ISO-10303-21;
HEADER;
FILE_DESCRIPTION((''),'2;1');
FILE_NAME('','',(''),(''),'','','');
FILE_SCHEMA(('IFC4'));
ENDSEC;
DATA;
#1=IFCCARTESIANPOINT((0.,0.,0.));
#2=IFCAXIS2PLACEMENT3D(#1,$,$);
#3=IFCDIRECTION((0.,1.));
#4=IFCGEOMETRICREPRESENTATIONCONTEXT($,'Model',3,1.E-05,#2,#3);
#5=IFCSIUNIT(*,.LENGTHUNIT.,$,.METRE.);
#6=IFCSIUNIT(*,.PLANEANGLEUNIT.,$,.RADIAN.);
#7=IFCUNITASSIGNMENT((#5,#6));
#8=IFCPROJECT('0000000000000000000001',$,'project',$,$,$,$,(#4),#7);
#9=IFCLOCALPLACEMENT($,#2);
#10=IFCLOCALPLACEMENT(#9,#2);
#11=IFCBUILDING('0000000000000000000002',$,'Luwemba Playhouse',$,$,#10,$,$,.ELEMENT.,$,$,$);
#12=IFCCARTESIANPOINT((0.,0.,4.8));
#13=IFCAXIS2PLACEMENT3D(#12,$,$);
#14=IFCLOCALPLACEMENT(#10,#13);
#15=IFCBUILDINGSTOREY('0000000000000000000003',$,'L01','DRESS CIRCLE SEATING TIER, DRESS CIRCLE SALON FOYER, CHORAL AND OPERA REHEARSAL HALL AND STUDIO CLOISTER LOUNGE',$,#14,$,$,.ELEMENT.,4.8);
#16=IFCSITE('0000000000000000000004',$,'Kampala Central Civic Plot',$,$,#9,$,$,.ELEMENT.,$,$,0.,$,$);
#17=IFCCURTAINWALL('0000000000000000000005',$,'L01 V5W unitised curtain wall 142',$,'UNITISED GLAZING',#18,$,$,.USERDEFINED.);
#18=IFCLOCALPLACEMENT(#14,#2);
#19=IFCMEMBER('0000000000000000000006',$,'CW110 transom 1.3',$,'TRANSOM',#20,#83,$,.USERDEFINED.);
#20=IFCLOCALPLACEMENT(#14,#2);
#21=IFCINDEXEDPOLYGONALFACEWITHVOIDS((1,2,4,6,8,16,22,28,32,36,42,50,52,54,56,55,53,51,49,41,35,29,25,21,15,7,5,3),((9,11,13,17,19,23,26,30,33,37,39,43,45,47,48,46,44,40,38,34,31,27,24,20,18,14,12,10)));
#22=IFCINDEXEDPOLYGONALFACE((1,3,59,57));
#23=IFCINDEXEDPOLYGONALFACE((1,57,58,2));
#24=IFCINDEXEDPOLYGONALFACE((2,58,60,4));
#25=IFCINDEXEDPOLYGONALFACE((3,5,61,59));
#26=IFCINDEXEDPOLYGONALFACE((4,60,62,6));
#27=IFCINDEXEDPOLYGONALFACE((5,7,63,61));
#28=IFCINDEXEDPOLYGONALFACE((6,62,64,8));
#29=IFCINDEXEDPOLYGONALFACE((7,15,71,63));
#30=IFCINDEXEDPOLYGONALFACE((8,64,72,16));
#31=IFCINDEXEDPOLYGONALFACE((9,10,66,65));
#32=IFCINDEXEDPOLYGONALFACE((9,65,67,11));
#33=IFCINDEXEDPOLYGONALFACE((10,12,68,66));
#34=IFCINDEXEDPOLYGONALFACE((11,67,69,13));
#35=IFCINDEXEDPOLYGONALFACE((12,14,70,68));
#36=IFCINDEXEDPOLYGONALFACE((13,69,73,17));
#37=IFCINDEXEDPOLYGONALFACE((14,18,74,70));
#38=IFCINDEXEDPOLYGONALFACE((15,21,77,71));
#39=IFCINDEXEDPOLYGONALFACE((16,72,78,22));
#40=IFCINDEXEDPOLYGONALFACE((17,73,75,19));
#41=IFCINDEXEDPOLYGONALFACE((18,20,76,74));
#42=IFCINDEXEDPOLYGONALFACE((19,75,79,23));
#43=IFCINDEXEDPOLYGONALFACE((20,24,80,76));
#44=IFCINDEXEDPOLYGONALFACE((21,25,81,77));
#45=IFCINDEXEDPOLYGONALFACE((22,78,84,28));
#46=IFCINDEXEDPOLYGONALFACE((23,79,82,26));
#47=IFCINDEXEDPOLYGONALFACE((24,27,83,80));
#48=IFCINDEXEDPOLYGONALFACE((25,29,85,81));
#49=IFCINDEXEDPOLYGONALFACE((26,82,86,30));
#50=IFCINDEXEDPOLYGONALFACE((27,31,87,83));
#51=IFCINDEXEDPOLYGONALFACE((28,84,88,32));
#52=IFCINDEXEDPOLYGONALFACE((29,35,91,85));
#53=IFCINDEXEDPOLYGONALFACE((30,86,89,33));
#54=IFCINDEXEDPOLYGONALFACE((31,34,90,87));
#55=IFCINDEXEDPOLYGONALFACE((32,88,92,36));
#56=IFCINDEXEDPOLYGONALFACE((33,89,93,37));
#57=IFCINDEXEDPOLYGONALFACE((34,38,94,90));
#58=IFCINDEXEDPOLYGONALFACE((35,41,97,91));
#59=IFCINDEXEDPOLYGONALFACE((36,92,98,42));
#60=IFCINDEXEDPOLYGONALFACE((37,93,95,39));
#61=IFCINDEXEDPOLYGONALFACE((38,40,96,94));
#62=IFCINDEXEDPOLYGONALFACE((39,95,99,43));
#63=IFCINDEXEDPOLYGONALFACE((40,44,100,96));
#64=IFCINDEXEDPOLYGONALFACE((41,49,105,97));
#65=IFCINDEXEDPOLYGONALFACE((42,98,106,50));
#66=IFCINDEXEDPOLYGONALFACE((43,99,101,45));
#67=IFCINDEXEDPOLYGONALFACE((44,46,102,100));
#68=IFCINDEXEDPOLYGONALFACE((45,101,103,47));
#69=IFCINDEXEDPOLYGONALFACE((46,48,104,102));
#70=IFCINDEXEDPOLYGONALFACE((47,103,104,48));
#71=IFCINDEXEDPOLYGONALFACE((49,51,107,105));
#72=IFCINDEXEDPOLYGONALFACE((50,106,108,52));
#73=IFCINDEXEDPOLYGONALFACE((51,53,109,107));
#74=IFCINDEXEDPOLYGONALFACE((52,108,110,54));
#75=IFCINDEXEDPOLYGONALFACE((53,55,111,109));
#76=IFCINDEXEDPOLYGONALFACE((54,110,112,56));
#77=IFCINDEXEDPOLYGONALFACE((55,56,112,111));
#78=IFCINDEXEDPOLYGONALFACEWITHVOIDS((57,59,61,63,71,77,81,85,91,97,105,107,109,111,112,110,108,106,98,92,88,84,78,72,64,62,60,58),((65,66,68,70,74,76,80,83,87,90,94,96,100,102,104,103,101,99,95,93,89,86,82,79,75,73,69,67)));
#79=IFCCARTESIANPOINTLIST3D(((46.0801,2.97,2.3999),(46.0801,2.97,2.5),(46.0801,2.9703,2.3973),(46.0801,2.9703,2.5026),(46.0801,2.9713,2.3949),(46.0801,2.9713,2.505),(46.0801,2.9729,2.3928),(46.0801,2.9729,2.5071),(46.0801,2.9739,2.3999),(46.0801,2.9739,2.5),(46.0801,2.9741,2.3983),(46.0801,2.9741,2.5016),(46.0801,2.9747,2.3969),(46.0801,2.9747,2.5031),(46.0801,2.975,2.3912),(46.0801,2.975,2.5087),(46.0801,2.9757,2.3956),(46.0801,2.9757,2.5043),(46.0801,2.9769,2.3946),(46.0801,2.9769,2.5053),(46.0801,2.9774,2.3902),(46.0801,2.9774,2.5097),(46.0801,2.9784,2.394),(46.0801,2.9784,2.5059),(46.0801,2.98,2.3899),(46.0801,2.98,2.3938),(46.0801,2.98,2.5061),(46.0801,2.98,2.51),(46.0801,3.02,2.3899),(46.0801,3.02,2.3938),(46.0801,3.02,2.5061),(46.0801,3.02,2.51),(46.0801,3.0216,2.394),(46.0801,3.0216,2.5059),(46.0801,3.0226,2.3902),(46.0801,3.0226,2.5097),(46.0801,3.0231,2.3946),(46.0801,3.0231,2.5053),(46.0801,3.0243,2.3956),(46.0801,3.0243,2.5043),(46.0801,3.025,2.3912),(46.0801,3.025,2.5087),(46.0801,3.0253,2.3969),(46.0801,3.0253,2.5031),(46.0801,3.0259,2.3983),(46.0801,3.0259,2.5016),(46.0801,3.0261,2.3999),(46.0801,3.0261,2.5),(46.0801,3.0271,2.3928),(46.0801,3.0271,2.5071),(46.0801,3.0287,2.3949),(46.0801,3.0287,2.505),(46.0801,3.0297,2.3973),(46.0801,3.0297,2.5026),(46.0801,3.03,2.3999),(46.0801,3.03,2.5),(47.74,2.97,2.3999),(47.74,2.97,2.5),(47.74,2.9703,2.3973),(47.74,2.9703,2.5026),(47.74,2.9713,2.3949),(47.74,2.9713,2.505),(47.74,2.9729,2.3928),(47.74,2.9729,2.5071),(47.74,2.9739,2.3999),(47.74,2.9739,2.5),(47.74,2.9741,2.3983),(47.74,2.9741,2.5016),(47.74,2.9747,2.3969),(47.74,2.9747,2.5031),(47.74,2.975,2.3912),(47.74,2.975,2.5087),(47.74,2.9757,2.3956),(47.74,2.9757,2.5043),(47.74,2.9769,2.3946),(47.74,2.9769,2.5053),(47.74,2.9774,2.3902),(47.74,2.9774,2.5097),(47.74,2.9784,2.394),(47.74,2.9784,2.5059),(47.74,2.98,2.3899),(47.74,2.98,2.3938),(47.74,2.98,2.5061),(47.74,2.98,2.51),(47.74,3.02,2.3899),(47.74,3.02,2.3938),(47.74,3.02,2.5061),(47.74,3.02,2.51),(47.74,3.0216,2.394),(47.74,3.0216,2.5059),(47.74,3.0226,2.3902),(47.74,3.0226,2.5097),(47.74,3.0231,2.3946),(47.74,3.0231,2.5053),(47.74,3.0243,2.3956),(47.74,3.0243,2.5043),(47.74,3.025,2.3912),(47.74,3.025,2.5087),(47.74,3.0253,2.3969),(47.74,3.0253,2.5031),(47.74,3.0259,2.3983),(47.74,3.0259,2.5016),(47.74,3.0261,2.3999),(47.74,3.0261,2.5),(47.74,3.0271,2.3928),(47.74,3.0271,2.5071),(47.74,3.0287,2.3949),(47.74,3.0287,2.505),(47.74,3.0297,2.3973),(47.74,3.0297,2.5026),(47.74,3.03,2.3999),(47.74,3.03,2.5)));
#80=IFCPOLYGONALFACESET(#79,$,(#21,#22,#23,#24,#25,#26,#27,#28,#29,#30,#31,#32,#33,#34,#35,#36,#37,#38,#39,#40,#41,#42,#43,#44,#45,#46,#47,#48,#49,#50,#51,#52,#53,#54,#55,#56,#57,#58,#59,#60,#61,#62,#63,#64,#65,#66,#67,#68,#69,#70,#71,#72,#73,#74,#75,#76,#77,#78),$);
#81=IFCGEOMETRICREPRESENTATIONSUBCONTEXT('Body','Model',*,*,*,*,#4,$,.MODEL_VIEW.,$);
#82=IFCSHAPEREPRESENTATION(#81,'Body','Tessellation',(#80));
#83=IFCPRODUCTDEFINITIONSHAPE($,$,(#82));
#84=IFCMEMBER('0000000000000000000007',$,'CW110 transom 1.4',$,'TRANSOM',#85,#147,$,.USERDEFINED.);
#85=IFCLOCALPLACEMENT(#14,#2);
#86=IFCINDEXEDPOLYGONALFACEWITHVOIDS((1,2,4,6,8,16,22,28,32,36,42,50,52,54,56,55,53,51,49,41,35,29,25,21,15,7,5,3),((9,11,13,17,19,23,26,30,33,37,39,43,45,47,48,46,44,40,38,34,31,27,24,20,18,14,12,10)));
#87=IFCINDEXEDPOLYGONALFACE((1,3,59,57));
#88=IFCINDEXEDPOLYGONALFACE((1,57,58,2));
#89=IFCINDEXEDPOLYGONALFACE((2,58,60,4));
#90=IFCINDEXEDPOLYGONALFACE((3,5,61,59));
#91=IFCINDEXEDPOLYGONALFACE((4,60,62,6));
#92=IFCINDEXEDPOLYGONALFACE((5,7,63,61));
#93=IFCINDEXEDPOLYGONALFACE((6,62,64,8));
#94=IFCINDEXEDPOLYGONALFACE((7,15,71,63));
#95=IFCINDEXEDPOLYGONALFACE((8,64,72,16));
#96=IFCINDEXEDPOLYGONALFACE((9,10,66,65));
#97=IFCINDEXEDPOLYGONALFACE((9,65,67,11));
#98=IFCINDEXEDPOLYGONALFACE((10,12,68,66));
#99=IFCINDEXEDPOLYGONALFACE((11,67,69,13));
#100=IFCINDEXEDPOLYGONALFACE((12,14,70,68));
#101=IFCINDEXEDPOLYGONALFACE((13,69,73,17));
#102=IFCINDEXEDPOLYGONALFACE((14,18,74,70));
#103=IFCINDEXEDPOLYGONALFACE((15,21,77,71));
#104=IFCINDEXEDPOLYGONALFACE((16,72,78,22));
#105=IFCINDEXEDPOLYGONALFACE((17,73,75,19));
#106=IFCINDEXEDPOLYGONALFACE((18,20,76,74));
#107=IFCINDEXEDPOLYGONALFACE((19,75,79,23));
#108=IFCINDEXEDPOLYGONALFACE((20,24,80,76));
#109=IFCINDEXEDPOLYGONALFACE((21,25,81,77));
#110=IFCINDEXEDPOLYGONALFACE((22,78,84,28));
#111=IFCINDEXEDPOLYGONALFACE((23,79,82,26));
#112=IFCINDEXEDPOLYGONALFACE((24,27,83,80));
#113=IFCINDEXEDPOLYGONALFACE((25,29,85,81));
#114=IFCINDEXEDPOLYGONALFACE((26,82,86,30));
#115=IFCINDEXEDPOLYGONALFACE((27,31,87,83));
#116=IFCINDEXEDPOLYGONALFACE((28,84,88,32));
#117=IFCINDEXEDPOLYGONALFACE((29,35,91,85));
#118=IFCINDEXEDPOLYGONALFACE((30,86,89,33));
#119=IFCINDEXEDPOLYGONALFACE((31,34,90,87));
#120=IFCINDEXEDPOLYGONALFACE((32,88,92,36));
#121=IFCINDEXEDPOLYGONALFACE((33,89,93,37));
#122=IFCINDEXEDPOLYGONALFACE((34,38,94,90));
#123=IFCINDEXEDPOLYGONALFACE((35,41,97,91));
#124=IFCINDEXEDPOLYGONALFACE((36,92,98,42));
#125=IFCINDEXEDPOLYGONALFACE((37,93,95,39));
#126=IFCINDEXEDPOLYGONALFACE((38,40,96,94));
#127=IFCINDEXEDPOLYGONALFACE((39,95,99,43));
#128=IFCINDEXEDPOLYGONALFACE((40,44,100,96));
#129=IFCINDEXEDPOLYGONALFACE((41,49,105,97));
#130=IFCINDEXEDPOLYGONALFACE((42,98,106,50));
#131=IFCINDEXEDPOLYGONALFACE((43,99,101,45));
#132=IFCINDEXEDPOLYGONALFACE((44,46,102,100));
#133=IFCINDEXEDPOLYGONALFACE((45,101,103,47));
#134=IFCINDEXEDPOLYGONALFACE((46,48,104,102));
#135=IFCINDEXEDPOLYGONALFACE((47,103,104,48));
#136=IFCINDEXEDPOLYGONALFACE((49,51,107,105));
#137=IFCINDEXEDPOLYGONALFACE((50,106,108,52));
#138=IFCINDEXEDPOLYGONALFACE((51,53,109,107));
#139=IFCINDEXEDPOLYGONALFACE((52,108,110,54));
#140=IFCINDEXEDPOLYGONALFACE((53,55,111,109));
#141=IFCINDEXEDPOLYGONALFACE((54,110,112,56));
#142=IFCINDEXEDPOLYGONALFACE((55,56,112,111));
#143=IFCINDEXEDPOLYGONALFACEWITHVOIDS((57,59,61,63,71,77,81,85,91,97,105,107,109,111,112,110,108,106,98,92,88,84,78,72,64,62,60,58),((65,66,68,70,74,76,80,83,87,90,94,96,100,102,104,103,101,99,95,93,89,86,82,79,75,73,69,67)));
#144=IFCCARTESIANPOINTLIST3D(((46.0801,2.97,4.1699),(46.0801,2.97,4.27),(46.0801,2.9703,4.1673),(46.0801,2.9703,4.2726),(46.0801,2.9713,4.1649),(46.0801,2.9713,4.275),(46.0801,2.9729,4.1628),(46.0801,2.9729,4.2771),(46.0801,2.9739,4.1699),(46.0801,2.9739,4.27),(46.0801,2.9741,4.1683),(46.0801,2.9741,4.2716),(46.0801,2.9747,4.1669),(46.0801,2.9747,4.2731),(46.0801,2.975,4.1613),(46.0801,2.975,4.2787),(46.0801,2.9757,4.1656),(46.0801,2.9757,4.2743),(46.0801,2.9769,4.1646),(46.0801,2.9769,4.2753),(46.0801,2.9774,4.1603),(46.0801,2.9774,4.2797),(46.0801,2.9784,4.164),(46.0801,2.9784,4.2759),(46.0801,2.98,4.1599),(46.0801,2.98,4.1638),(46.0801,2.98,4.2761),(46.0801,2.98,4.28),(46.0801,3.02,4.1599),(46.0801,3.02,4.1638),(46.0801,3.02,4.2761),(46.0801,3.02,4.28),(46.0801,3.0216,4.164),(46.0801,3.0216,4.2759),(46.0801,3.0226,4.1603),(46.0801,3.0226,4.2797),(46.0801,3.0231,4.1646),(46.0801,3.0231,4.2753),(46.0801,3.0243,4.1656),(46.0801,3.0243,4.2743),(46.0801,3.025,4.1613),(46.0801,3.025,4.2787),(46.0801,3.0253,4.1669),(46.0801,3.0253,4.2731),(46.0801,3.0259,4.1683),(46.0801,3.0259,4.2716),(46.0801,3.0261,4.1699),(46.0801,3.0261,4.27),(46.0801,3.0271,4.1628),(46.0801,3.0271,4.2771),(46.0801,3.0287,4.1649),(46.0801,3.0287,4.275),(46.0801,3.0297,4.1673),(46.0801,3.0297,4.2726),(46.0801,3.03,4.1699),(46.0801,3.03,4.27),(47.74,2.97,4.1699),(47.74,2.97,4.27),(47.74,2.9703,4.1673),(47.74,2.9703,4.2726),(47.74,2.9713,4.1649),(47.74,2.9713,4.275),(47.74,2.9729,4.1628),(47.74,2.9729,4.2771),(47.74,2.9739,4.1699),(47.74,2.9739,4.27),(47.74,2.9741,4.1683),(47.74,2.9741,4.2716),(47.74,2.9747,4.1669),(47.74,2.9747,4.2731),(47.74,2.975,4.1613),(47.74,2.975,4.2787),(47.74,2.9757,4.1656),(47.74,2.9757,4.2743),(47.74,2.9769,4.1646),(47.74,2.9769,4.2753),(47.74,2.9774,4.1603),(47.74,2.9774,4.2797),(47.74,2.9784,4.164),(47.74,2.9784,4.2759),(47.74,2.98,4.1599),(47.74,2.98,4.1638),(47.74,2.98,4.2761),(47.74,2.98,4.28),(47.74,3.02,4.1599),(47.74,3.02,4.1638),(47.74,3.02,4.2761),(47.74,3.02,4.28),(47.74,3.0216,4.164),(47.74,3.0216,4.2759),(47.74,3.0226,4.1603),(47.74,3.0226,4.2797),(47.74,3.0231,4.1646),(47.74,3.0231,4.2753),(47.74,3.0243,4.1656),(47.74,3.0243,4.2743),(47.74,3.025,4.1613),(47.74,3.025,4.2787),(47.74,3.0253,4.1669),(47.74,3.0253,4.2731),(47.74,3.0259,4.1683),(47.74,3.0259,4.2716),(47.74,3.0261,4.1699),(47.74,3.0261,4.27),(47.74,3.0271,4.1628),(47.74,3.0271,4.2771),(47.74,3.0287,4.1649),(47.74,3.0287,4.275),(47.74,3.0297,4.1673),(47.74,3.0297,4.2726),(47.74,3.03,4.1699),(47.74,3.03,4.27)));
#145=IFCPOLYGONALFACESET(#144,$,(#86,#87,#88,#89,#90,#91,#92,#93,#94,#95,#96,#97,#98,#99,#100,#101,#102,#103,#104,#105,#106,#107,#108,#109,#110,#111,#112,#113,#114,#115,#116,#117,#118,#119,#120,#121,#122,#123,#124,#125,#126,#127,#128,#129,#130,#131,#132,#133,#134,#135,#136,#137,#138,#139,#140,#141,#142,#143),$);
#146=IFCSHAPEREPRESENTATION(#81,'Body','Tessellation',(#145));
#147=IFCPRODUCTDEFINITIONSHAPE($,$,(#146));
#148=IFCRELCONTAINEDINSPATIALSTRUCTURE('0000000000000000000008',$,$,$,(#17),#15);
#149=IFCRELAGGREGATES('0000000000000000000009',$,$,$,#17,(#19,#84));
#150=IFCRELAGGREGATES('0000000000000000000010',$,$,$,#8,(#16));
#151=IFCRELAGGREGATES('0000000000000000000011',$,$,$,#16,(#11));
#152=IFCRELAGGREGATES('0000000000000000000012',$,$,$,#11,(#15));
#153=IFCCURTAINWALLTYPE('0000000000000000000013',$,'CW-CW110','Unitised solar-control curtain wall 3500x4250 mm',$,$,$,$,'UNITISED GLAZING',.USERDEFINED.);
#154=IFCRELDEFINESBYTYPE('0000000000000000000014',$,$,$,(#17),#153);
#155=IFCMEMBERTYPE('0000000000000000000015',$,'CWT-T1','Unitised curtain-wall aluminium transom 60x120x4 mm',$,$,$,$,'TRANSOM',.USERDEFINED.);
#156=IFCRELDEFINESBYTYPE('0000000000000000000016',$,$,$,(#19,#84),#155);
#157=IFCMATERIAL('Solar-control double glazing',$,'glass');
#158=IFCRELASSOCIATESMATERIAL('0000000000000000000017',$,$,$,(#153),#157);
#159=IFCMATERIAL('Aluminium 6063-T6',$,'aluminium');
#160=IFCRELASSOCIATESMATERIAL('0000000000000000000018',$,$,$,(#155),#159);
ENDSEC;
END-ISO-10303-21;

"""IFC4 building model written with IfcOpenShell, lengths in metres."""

from ifc_helpers import new_model, si_unit, direction, frame, origin, origin_2d, place, context, subcontext, project, spatial, hollow_rectangle, extrude, material, material_profile, profile_set, type_object, element, aggregate, save


model = new_model("IFC4")

# Units and contexts
model_context = context("Model", 3, precision=1e-05, world=origin(), true_north=direction((0.0, 1.0)))
body_context = subcontext(model_context, "Body", "Model", "MODEL_VIEW")
ifc_project = project(units=[si_unit("LENGTHUNIT", "METRE"), si_unit("PLANEANGLEUNIT", "RADIAN")], contexts=[model_context])

# Site, building, storey
site_placement = place(None, origin())
site = spatial("IfcSite", under=ifc_project, at=site_placement, Name="Kampala Central Civic Plot", CompositionType="ELEMENT", RefElevation=0.0)
building_placement = place(site_placement, origin())
building = spatial("IfcBuilding", under=site, at=building_placement, Name="Luwemba Playhouse", CompositionType="ELEMENT")
storey_placement = place(building_placement, frame((0.0, 0.0, 4.8)))
storey = spatial("IfcBuildingStorey", under=building, at=storey_placement, Name="L01", Description="DRESS CIRCLE SEATING TIER, DRESS CIRCLE SALON FOYER, CHORAL AND OPERA REHEARSAL HALL AND STUDIO CLOISTER LOUNGE", CompositionType="ELEMENT", Elevation=4.8)

# Curtain wall
ifc_material_1 = material(Name="Solar-control double glazing", Category="glass")
curtain_wall_type_1 = type_object("IfcCurtainWallType", Name="CW-CW110", Description="Unitised solar-control curtain wall 3500x4250 mm", ElementType="UNITISED GLAZING", PredefinedType="USERDEFINED", material=ifc_material_1)
curtain_wall_1_placement = place(storey_placement, origin())
curtain_wall_1 = element("IfcCurtainWall", 1, at=curtain_wall_1_placement, inside=storey, type_object=curtain_wall_type_1, Name="L01 V5W unitised curtain wall 142", ObjectType="UNITISED GLAZING", PredefinedType="USERDEFINED")
ifc_material_2 = material(Name="Aluminium 6063-T6", Category="aluminium")

# Members
ifc_material_profile_1 = material_profile(ifc_material_2, hollow_rectangle(XDim=0.0601, YDim=0.1201, WallThickness=0.0039, InnerFilletRadius=0.0061, OuterFilletRadius=0.01, at=origin_2d()))
ifc_profile_set_1 = profile_set([ifc_material_profile_1], Name="Aluminium 6063-T6")
member_type_1 = type_object("IfcMemberType", Name="CWT-T1", Description="Unitised curtain-wall aluminium transom 60x120x4 mm", ElementType="TRANSOM", PredefinedType="USERDEFINED", material=ifc_profile_set_1)
member_1_placement = place(storey_placement, frame((47.74, 3.0, 2.45), z_axis=(-1.0, 0.0, 0.0), x_axis=(0.0, -1.0, 0.0)))
member_1 = element("IfcMember", 2, at=member_1_placement, type_object=member_type_1, Name="CW110 transom 1.3", ObjectType="TRANSOM", PredefinedType="USERDEFINED", context=body_context, shape_type="SweptSolid", body=[
    extrude(hollow_rectangle(XDim=0.0601, YDim=0.1201, WallThickness=0.0039, InnerFilletRadius=0.0061, OuterFilletRadius=0.01, at=origin_2d()), origin(), (0.0, 0.0, 1.0), 1.6599),
])
member_2_placement = place(storey_placement, frame((47.74, 3.0, 4.22), z_axis=(-1.0, 0.0, 0.0), x_axis=(0.0, -1.0, 0.0)))
member_2 = element("IfcMember", 3, at=member_2_placement, type_object=member_type_1, Name="CW110 transom 1.4", ObjectType="TRANSOM", PredefinedType="USERDEFINED", context=body_context, shape_type="SweptSolid", body=[
    extrude(hollow_rectangle(XDim=0.0601, YDim=0.1201, WallThickness=0.0039, InnerFilletRadius=0.0061, OuterFilletRadius=0.01, at=origin_2d()), origin(), (0.0, 0.0, 1.0), 1.6599),
])

aggregate(curtain_wall_1, [member_1, member_2])

save(model, "model.ifc")
